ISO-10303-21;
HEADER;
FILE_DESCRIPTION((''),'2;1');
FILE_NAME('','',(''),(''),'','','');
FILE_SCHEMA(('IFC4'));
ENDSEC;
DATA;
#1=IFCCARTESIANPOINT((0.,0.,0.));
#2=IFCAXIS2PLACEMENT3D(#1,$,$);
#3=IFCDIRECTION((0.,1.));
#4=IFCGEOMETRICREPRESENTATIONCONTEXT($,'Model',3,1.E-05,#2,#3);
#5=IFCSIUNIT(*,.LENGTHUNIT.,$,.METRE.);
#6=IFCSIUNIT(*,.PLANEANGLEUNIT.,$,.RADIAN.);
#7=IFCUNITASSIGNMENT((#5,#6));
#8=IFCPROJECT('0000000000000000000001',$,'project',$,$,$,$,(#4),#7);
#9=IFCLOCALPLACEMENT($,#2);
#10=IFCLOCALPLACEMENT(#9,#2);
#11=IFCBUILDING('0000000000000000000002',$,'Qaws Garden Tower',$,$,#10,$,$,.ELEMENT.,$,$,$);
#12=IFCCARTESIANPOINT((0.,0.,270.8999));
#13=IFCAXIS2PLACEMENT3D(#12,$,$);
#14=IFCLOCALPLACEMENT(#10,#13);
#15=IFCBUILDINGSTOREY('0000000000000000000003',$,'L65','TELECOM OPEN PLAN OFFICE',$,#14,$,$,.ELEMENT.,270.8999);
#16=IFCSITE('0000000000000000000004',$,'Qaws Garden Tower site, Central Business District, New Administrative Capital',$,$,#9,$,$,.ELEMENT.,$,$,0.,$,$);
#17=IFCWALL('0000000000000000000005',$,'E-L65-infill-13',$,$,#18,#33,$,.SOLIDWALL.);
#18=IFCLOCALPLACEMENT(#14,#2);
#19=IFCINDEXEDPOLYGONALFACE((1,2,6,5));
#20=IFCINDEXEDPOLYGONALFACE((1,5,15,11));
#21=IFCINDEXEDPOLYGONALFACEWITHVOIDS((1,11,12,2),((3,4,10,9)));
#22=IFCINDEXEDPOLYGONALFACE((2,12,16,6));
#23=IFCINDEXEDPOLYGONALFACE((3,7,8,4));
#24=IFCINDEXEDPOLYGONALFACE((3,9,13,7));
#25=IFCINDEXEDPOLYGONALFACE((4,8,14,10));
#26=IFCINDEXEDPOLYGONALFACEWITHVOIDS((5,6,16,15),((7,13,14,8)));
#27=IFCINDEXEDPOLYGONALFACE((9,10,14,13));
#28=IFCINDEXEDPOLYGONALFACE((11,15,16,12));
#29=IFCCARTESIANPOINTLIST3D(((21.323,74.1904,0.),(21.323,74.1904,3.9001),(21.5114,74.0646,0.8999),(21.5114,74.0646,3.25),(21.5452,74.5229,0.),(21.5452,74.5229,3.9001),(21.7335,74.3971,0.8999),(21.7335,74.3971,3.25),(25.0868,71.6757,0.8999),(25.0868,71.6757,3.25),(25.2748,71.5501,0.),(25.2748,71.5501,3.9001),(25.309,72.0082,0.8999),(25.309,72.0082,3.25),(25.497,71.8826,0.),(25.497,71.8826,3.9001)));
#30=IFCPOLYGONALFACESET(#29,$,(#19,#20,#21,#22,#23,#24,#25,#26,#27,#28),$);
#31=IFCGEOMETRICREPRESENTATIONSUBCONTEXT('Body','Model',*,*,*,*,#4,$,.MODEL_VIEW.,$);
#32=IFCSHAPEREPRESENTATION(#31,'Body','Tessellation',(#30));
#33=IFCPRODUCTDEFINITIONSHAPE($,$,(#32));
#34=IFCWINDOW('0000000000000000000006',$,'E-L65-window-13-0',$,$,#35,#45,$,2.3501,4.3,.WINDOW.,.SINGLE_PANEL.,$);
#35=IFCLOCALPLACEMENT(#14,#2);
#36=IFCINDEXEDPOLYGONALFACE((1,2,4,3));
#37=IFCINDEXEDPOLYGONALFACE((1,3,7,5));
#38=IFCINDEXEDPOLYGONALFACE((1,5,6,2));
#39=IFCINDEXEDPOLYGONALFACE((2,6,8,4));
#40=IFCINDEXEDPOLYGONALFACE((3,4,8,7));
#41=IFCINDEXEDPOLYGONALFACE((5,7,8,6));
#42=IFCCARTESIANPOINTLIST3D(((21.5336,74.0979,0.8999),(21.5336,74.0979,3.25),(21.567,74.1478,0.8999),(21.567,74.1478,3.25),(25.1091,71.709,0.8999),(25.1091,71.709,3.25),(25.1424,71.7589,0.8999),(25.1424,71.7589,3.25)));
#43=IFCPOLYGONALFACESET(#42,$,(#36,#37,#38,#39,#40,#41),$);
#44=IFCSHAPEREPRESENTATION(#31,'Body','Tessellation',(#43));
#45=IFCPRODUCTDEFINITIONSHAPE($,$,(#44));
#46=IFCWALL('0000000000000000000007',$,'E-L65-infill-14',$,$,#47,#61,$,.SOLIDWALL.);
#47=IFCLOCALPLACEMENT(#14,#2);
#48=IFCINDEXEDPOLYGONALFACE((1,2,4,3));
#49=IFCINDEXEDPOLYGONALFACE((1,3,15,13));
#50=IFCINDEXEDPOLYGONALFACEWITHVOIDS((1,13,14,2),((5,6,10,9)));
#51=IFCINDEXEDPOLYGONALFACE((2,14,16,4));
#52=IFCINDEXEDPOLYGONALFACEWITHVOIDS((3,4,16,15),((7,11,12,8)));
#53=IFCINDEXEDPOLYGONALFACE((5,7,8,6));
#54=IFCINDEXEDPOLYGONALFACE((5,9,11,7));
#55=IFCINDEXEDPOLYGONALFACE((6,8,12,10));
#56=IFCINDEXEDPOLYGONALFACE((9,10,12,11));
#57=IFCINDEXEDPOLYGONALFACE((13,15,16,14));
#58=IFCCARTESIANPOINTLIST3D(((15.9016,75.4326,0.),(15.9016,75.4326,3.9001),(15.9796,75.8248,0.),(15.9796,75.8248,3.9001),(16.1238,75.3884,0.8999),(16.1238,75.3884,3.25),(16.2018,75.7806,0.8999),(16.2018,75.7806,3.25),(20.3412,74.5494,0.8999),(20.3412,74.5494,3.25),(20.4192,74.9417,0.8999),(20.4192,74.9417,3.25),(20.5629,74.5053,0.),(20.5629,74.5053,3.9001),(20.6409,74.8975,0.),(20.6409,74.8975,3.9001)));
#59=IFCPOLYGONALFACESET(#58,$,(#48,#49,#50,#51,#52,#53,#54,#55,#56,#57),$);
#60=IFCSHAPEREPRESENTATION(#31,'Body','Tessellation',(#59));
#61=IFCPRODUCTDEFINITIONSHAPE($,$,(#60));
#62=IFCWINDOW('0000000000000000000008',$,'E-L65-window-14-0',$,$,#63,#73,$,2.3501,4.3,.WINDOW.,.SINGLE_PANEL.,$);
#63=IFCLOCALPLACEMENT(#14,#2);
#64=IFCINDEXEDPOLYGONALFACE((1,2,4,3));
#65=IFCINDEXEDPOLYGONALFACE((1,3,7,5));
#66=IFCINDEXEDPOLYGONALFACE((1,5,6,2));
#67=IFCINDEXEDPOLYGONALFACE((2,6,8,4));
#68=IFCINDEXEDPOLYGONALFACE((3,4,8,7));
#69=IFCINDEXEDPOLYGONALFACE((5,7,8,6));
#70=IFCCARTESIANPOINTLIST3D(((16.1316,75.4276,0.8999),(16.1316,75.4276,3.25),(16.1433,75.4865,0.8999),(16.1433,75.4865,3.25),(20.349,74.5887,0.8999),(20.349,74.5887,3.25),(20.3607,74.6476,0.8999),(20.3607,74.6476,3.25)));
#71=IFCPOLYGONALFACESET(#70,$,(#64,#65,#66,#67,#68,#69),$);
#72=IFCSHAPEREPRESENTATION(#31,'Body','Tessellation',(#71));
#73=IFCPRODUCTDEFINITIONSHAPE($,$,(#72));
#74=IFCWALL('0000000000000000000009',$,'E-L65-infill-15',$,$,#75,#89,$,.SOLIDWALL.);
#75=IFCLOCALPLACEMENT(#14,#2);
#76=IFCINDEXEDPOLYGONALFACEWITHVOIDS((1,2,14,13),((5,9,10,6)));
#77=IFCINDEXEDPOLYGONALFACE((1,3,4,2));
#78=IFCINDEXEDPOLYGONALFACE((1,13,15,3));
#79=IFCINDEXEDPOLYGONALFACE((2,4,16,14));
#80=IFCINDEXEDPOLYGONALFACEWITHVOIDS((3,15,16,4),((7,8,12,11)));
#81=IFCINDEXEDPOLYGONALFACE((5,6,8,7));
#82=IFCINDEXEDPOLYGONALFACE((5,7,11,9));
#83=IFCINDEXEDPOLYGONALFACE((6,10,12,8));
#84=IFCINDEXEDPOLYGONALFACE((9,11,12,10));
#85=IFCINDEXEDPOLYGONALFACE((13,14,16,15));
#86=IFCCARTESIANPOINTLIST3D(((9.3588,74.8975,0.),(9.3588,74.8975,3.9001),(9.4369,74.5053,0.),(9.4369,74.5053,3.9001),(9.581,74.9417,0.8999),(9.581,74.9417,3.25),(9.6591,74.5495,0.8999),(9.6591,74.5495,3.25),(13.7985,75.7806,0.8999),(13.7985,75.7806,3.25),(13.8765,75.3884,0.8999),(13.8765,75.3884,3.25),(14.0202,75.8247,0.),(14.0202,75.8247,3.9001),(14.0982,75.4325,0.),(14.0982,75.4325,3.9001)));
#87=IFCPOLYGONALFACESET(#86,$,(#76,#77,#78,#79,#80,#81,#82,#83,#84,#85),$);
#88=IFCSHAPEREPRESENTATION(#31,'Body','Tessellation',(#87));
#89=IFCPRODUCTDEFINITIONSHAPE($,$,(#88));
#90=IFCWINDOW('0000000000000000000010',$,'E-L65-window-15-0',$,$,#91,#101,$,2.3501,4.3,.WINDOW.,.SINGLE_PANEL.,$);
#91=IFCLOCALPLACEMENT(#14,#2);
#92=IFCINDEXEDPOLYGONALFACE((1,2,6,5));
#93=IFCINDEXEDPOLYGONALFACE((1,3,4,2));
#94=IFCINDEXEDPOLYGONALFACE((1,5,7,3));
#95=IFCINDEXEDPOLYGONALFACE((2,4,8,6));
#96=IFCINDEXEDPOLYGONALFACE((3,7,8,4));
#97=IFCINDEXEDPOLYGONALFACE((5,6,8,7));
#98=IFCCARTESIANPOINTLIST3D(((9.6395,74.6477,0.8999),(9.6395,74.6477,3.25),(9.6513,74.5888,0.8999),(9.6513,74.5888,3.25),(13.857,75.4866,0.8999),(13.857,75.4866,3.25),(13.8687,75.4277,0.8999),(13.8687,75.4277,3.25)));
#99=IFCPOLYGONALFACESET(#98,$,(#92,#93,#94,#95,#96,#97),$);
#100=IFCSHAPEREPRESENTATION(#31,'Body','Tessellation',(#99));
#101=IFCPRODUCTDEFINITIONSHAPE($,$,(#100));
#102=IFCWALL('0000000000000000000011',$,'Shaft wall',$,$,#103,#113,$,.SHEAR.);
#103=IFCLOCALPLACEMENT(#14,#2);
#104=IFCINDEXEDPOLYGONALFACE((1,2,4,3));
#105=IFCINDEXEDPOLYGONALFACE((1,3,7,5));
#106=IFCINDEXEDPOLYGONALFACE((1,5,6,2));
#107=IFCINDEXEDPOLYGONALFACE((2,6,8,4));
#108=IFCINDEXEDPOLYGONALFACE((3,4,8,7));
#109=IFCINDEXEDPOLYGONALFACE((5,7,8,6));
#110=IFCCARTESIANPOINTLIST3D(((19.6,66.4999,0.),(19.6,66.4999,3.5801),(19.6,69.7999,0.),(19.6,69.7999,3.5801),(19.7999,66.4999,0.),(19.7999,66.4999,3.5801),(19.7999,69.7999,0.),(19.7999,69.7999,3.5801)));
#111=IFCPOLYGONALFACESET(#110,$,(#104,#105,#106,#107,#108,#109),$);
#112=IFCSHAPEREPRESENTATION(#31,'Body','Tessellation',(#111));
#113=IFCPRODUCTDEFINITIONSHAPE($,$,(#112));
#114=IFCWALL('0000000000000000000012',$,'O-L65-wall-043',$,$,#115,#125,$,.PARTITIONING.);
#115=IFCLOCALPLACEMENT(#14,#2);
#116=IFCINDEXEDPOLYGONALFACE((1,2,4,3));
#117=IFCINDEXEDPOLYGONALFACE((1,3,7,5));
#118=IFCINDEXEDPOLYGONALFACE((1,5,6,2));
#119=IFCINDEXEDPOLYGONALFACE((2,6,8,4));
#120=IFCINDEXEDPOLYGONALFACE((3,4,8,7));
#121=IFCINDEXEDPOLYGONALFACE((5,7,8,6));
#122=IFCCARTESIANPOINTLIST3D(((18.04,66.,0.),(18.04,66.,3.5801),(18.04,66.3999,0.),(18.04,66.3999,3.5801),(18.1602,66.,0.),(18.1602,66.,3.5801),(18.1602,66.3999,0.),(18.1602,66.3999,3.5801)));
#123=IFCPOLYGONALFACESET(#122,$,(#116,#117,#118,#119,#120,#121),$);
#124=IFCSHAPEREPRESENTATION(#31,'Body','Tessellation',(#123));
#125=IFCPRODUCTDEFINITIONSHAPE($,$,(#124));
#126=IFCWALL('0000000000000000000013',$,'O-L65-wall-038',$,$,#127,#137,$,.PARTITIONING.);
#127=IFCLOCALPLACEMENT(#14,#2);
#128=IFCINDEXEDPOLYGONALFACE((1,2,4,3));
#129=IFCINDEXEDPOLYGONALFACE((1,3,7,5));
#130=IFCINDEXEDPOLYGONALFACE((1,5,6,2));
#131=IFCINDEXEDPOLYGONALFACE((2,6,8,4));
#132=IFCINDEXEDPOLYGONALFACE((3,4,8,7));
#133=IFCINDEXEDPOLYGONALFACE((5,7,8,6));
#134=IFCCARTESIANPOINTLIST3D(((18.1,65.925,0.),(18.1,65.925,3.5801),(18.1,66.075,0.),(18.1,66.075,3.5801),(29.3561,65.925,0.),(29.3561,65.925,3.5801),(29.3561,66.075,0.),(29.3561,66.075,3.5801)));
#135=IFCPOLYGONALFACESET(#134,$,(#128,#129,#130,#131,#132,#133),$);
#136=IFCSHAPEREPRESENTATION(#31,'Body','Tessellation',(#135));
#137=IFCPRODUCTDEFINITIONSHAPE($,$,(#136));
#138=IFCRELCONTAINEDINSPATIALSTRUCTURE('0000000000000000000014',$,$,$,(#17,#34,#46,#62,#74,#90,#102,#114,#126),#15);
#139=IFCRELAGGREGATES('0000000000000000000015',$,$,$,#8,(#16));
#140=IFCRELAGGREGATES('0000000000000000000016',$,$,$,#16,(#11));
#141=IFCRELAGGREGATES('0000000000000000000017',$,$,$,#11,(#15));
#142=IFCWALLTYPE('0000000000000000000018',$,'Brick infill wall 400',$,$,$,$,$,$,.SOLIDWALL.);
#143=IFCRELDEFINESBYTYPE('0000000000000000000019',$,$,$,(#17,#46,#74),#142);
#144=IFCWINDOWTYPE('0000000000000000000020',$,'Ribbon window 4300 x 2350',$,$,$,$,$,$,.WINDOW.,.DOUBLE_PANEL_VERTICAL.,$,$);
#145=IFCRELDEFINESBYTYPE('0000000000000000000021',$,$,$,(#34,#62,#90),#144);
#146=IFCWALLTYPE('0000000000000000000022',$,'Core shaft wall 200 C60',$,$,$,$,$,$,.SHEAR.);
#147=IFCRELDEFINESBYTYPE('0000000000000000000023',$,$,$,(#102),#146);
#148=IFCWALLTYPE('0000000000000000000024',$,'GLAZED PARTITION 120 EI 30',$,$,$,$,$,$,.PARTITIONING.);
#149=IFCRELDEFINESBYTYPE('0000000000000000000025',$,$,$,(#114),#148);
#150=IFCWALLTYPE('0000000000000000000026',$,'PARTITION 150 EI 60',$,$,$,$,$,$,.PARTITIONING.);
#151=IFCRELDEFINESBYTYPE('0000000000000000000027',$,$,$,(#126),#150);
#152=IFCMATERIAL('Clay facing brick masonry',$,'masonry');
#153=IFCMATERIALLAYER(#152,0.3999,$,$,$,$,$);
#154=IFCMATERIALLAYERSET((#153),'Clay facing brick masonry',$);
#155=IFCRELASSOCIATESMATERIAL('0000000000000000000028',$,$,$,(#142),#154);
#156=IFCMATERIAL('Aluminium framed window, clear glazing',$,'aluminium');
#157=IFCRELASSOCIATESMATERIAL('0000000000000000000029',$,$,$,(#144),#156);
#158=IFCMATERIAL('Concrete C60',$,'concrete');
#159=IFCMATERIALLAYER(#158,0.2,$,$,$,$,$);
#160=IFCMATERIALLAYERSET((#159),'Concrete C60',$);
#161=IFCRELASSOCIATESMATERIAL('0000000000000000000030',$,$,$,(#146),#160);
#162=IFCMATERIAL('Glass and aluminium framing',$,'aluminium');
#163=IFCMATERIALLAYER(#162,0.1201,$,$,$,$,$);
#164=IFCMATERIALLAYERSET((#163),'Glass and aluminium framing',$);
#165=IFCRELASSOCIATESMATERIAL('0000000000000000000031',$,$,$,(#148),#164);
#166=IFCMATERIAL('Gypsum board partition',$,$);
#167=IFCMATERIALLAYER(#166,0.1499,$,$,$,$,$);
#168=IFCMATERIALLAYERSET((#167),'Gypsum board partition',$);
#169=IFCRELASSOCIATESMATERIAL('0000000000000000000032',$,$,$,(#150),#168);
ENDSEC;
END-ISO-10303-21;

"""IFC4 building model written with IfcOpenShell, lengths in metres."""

from ifc_helpers import new_model, si_unit, direction, frame, frame_2d, origin, place, context, subcontext, project, spatial, rectangle, extrude, material, layer, layer_set, type_object, element, fill, save


model = new_model("IFC4")

# Units and contexts
model_context = context("Model", 3, precision=1e-05, world=origin(), true_north=direction((0.0, 1.0)))
body_context = subcontext(model_context, "Body", "Model", "MODEL_VIEW")
ifc_project = project(units=[si_unit("LENGTHUNIT", "METRE"), si_unit("PLANEANGLEUNIT", "RADIAN")], contexts=[model_context])

# Site, building, storey
site_placement = place(None, origin())
site = spatial("IfcSite", under=ifc_project, at=site_placement, Name="Qaws Garden Tower site, Central Business District, New Administrative Capital", CompositionType="ELEMENT", RefElevation=0.0)
building_placement = place(site_placement, origin())
building = spatial("IfcBuilding", under=site, at=building_placement, Name="Qaws Garden Tower", CompositionType="ELEMENT")
storey_placement = place(building_placement, frame((0.0, 0.0, 270.8999)))
storey = spatial("IfcBuildingStorey", under=building, at=storey_placement, Name="L65", Description="TELECOM OPEN PLAN OFFICE", CompositionType="ELEMENT", Elevation=270.8999)

# Walls, openings, windows
ifc_material_1 = material(Name="Clay facing brick masonry", Category="masonry")
ifc_layer_1 = layer(ifc_material_1, 0.3999)
ifc_layer_set_1 = layer_set([ifc_layer_1], Name="Clay facing brick masonry")
wall_type_1 = type_object("IfcWallType", Name="Brick infill wall 400", PredefinedType="SOLIDWALL", material=ifc_layer_set_1)
ifc_material_2 = material(Name="Aluminium framed window, clear glazing", Category="aluminium")
window_type = type_object("IfcWindowType", Name="Ribbon window 4300 x 2350", PartitioningType="DOUBLE_PANEL_VERTICAL", PredefinedType="WINDOW", material=ifc_material_2)
wall_1_placement = place(storey_placement, frame((25.386, 71.7163, 0.0), z_axis=(0.0, 0.0, 1.0), x_axis=(-0.831489, 0.555542, 0.0)))
wall_1 = element("IfcWall", 1, at=wall_1_placement, inside=storey, type_object=wall_type_1, Name="E-L65-infill-13", PredefinedType="SOLIDWALL", context=body_context, shape_type="SweptSolid", body=[
    extrude(rectangle(XDim=4.7527, YDim=0.3999, at=frame_2d((2.3765, 0.0))), origin(), (0.0, 0.0, 1.0), 3.9001),
])
opening_1_placement = place(wall_1_placement, frame((0.2263, 0.0, 0.8999)))
opening_1 = element("IfcOpeningElement", 2, at=opening_1_placement, cuts=wall_1, PredefinedType="OPENING", context=body_context, shape_type="SweptSolid", body=[
    extrude(rectangle(XDim=4.3, YDim=2.3501, at=frame_2d((2.1499, 1.175))), frame((0.0, 0.21, 0.0), z_axis=(0.0, -1.0, 0.0), x_axis=(1.0, 0.0, 0.0)), (0.0, 0.0, 1.0), 0.4199),
])
window_1_placement = place(opening_1_placement, origin())
window_1 = element("IfcWindow", 3, at=window_1_placement, inside=storey, type_object=window_type, Name="E-L65-window-13-0", OverallHeight=2.3501, OverallWidth=4.3, PartitioningType="SINGLE_PANEL", PredefinedType="WINDOW", context=body_context, shape_type="SweptSolid", body=[
    extrude(rectangle(XDim=4.3, YDim=2.3501, at=frame_2d((2.1499, 1.175))), frame((0.0, 0.1599, 0.0), z_axis=(0.0, -1.0, 0.0), x_axis=(1.0, 0.0, 0.0)), (0.0, 0.0, 1.0), 0.0601),
])
fill(opening_1, window_1)
wall_2_placement = place(storey_placement, frame((20.6021, 74.7014, 0.0), z_axis=(0.0, 0.0, 1.0), x_axis=(-0.980784, 0.195099, 0.0)))
wall_2 = element("IfcWall", 4, at=wall_2_placement, inside=storey, type_object=wall_type_1, Name="E-L65-infill-14", PredefinedType="SOLIDWALL", context=body_context, shape_type="SweptSolid", body=[
    extrude(rectangle(XDim=4.7527, YDim=0.3999, at=frame_2d((2.3765, 0.0))), origin(), (0.0, 0.0, 1.0), 3.9001),
])
opening_2_placement = place(wall_2_placement, frame((0.2263, 0.0, 0.8999)))
opening_2 = element("IfcOpeningElement", 5, at=opening_2_placement, cuts=wall_2, PredefinedType="OPENING", context=body_context, shape_type="SweptSolid", body=[
    extrude(rectangle(XDim=4.3, YDim=2.3501, at=frame_2d((2.1499, 1.175))), frame((0.0, 0.21, 0.0), z_axis=(0.0, -1.0, 0.0), x_axis=(1.0, 0.0, 0.0)), (0.0, 0.0, 1.0), 0.4199),
])
window_2_placement = place(opening_2_placement, origin())
window_2 = element("IfcWindow", 6, at=window_2_placement, inside=storey, type_object=window_type, Name="E-L65-window-14-0", OverallHeight=2.3501, OverallWidth=4.3, PartitioningType="SINGLE_PANEL", PredefinedType="WINDOW", context=body_context, shape_type="SweptSolid", body=[
    extrude(rectangle(XDim=4.3, YDim=2.3501, at=frame_2d((2.1499, 1.175))), frame((0.0, 0.1599, 0.0), z_axis=(0.0, -1.0, 0.0), x_axis=(1.0, 0.0, 0.0)), (0.0, 0.0, 1.0), 0.0601),
])
fill(opening_2, window_2)
wall_3_placement = place(storey_placement, frame((14.0593, 75.6287, 0.0), z_axis=(0.0, 0.0, 1.0), x_axis=(-0.980784, -0.195099, 0.0)))
wall_3 = element("IfcWall", 7, at=wall_3_placement, inside=storey, type_object=wall_type_1, Name="E-L65-infill-15", PredefinedType="SOLIDWALL", context=body_context, shape_type="SweptSolid", body=[
    extrude(rectangle(XDim=4.7527, YDim=0.3999, at=frame_2d((2.3765, 0.0))), origin(), (0.0, 0.0, 1.0), 3.9001),
])
opening_3_placement = place(wall_3_placement, frame((0.2263, 0.0, 0.8999)))
opening_3 = element("IfcOpeningElement", 8, at=opening_3_placement, cuts=wall_3, PredefinedType="OPENING", context=body_context, shape_type="SweptSolid", body=[
    extrude(rectangle(XDim=4.3, YDim=2.3501, at=frame_2d((2.1499, 1.175))), frame((0.0, 0.21, 0.0), z_axis=(0.0, -1.0, 0.0), x_axis=(1.0, 0.0, 0.0)), (0.0, 0.0, 1.0), 0.4199),
])
window_3_placement = place(opening_3_placement, origin())
window_3 = element("IfcWindow", 9, at=window_3_placement, inside=storey, type_object=window_type, Name="E-L65-window-15-0", OverallHeight=2.3501, OverallWidth=4.3, PartitioningType="SINGLE_PANEL", PredefinedType="WINDOW", context=body_context, shape_type="SweptSolid", body=[
    extrude(rectangle(XDim=4.3, YDim=2.3501, at=frame_2d((2.1499, 1.175))), frame((0.0, 0.1599, 0.0), z_axis=(0.0, -1.0, 0.0), x_axis=(1.0, 0.0, 0.0)), (0.0, 0.0, 1.0), 0.0601),
])
fill(opening_3, window_3)

# Walls
ifc_material_3 = material(Name="Concrete C60", Category="concrete")
ifc_layer_2 = layer(ifc_material_3, 0.2)
ifc_layer_set_2 = layer_set([ifc_layer_2], Name="Concrete C60")
wall_type_2 = type_object("IfcWallType", Name="Core shaft wall 200 C60", PredefinedType="SHEAR", material=ifc_layer_set_2)
wall_4_placement = place(storey_placement, frame((19.7, 66.5, 0.0), z_axis=(0.0, 0.0, 1.0), x_axis=(0.0, 1.0, 0.0)))
element("IfcWall", 10, at=wall_4_placement, inside=storey, type_object=wall_type_2, Name="Shaft wall", PredefinedType="SHEAR", context=body_context, shape_type="SweptSolid", body=[
    extrude(rectangle(XDim=3.3, YDim=0.2, at=frame_2d((1.6499, 0.0))), origin(), (0.0, 0.0, 1.0), 3.5801),
])
ifc_material_4 = material(Name="Glass and aluminium framing", Category="aluminium")
ifc_layer_3 = layer(ifc_material_4, 0.1201)
ifc_layer_set_3 = layer_set([ifc_layer_3], Name="Glass and aluminium framing")
wall_type_3 = type_object("IfcWallType", Name="GLAZED PARTITION 120 EI 30", PredefinedType="PARTITIONING", material=ifc_layer_set_3)
wall_5_placement = place(storey_placement, frame((18.1001, 66.0, 0.0), z_axis=(0.0, 0.0, 1.0), x_axis=(0.0, 1.0, 0.0)))
element("IfcWall", 11, at=wall_5_placement, inside=storey, type_object=wall_type_3, Name="O-L65-wall-043", PredefinedType="PARTITIONING", context=body_context, shape_type="SweptSolid", body=[
    extrude(rectangle(XDim=0.3999, YDim=0.1201, at=frame_2d((0.2, 0.0))), origin(), (0.0, 0.0, 1.0), 3.5801),
])
ifc_material_5 = material(Name="Gypsum board partition")
ifc_layer_4 = layer(ifc_material_5, 0.1499)
ifc_layer_set_4 = layer_set([ifc_layer_4], Name="Gypsum board partition")
wall_type_4 = type_object("IfcWallType", Name="PARTITION 150 EI 60", PredefinedType="PARTITIONING", material=ifc_layer_set_4)
wall_6_placement = place(storey_placement, frame((18.1001, 66.0, 0.0), z_axis=(0.0, 0.0, 1.0), x_axis=(1.0, 0.0, 0.0)))
element("IfcWall", 12, at=wall_6_placement, inside=storey, type_object=wall_type_4, Name="O-L65-wall-038", PredefinedType="PARTITIONING", context=body_context, shape_type="SweptSolid", body=[
    extrude(rectangle(XDim=11.2561, YDim=0.1499, at=frame_2d((5.6279, 0.0))), origin(), (0.0, 0.0, 1.0), 3.5801),
])

save(model, "model.ifc")
